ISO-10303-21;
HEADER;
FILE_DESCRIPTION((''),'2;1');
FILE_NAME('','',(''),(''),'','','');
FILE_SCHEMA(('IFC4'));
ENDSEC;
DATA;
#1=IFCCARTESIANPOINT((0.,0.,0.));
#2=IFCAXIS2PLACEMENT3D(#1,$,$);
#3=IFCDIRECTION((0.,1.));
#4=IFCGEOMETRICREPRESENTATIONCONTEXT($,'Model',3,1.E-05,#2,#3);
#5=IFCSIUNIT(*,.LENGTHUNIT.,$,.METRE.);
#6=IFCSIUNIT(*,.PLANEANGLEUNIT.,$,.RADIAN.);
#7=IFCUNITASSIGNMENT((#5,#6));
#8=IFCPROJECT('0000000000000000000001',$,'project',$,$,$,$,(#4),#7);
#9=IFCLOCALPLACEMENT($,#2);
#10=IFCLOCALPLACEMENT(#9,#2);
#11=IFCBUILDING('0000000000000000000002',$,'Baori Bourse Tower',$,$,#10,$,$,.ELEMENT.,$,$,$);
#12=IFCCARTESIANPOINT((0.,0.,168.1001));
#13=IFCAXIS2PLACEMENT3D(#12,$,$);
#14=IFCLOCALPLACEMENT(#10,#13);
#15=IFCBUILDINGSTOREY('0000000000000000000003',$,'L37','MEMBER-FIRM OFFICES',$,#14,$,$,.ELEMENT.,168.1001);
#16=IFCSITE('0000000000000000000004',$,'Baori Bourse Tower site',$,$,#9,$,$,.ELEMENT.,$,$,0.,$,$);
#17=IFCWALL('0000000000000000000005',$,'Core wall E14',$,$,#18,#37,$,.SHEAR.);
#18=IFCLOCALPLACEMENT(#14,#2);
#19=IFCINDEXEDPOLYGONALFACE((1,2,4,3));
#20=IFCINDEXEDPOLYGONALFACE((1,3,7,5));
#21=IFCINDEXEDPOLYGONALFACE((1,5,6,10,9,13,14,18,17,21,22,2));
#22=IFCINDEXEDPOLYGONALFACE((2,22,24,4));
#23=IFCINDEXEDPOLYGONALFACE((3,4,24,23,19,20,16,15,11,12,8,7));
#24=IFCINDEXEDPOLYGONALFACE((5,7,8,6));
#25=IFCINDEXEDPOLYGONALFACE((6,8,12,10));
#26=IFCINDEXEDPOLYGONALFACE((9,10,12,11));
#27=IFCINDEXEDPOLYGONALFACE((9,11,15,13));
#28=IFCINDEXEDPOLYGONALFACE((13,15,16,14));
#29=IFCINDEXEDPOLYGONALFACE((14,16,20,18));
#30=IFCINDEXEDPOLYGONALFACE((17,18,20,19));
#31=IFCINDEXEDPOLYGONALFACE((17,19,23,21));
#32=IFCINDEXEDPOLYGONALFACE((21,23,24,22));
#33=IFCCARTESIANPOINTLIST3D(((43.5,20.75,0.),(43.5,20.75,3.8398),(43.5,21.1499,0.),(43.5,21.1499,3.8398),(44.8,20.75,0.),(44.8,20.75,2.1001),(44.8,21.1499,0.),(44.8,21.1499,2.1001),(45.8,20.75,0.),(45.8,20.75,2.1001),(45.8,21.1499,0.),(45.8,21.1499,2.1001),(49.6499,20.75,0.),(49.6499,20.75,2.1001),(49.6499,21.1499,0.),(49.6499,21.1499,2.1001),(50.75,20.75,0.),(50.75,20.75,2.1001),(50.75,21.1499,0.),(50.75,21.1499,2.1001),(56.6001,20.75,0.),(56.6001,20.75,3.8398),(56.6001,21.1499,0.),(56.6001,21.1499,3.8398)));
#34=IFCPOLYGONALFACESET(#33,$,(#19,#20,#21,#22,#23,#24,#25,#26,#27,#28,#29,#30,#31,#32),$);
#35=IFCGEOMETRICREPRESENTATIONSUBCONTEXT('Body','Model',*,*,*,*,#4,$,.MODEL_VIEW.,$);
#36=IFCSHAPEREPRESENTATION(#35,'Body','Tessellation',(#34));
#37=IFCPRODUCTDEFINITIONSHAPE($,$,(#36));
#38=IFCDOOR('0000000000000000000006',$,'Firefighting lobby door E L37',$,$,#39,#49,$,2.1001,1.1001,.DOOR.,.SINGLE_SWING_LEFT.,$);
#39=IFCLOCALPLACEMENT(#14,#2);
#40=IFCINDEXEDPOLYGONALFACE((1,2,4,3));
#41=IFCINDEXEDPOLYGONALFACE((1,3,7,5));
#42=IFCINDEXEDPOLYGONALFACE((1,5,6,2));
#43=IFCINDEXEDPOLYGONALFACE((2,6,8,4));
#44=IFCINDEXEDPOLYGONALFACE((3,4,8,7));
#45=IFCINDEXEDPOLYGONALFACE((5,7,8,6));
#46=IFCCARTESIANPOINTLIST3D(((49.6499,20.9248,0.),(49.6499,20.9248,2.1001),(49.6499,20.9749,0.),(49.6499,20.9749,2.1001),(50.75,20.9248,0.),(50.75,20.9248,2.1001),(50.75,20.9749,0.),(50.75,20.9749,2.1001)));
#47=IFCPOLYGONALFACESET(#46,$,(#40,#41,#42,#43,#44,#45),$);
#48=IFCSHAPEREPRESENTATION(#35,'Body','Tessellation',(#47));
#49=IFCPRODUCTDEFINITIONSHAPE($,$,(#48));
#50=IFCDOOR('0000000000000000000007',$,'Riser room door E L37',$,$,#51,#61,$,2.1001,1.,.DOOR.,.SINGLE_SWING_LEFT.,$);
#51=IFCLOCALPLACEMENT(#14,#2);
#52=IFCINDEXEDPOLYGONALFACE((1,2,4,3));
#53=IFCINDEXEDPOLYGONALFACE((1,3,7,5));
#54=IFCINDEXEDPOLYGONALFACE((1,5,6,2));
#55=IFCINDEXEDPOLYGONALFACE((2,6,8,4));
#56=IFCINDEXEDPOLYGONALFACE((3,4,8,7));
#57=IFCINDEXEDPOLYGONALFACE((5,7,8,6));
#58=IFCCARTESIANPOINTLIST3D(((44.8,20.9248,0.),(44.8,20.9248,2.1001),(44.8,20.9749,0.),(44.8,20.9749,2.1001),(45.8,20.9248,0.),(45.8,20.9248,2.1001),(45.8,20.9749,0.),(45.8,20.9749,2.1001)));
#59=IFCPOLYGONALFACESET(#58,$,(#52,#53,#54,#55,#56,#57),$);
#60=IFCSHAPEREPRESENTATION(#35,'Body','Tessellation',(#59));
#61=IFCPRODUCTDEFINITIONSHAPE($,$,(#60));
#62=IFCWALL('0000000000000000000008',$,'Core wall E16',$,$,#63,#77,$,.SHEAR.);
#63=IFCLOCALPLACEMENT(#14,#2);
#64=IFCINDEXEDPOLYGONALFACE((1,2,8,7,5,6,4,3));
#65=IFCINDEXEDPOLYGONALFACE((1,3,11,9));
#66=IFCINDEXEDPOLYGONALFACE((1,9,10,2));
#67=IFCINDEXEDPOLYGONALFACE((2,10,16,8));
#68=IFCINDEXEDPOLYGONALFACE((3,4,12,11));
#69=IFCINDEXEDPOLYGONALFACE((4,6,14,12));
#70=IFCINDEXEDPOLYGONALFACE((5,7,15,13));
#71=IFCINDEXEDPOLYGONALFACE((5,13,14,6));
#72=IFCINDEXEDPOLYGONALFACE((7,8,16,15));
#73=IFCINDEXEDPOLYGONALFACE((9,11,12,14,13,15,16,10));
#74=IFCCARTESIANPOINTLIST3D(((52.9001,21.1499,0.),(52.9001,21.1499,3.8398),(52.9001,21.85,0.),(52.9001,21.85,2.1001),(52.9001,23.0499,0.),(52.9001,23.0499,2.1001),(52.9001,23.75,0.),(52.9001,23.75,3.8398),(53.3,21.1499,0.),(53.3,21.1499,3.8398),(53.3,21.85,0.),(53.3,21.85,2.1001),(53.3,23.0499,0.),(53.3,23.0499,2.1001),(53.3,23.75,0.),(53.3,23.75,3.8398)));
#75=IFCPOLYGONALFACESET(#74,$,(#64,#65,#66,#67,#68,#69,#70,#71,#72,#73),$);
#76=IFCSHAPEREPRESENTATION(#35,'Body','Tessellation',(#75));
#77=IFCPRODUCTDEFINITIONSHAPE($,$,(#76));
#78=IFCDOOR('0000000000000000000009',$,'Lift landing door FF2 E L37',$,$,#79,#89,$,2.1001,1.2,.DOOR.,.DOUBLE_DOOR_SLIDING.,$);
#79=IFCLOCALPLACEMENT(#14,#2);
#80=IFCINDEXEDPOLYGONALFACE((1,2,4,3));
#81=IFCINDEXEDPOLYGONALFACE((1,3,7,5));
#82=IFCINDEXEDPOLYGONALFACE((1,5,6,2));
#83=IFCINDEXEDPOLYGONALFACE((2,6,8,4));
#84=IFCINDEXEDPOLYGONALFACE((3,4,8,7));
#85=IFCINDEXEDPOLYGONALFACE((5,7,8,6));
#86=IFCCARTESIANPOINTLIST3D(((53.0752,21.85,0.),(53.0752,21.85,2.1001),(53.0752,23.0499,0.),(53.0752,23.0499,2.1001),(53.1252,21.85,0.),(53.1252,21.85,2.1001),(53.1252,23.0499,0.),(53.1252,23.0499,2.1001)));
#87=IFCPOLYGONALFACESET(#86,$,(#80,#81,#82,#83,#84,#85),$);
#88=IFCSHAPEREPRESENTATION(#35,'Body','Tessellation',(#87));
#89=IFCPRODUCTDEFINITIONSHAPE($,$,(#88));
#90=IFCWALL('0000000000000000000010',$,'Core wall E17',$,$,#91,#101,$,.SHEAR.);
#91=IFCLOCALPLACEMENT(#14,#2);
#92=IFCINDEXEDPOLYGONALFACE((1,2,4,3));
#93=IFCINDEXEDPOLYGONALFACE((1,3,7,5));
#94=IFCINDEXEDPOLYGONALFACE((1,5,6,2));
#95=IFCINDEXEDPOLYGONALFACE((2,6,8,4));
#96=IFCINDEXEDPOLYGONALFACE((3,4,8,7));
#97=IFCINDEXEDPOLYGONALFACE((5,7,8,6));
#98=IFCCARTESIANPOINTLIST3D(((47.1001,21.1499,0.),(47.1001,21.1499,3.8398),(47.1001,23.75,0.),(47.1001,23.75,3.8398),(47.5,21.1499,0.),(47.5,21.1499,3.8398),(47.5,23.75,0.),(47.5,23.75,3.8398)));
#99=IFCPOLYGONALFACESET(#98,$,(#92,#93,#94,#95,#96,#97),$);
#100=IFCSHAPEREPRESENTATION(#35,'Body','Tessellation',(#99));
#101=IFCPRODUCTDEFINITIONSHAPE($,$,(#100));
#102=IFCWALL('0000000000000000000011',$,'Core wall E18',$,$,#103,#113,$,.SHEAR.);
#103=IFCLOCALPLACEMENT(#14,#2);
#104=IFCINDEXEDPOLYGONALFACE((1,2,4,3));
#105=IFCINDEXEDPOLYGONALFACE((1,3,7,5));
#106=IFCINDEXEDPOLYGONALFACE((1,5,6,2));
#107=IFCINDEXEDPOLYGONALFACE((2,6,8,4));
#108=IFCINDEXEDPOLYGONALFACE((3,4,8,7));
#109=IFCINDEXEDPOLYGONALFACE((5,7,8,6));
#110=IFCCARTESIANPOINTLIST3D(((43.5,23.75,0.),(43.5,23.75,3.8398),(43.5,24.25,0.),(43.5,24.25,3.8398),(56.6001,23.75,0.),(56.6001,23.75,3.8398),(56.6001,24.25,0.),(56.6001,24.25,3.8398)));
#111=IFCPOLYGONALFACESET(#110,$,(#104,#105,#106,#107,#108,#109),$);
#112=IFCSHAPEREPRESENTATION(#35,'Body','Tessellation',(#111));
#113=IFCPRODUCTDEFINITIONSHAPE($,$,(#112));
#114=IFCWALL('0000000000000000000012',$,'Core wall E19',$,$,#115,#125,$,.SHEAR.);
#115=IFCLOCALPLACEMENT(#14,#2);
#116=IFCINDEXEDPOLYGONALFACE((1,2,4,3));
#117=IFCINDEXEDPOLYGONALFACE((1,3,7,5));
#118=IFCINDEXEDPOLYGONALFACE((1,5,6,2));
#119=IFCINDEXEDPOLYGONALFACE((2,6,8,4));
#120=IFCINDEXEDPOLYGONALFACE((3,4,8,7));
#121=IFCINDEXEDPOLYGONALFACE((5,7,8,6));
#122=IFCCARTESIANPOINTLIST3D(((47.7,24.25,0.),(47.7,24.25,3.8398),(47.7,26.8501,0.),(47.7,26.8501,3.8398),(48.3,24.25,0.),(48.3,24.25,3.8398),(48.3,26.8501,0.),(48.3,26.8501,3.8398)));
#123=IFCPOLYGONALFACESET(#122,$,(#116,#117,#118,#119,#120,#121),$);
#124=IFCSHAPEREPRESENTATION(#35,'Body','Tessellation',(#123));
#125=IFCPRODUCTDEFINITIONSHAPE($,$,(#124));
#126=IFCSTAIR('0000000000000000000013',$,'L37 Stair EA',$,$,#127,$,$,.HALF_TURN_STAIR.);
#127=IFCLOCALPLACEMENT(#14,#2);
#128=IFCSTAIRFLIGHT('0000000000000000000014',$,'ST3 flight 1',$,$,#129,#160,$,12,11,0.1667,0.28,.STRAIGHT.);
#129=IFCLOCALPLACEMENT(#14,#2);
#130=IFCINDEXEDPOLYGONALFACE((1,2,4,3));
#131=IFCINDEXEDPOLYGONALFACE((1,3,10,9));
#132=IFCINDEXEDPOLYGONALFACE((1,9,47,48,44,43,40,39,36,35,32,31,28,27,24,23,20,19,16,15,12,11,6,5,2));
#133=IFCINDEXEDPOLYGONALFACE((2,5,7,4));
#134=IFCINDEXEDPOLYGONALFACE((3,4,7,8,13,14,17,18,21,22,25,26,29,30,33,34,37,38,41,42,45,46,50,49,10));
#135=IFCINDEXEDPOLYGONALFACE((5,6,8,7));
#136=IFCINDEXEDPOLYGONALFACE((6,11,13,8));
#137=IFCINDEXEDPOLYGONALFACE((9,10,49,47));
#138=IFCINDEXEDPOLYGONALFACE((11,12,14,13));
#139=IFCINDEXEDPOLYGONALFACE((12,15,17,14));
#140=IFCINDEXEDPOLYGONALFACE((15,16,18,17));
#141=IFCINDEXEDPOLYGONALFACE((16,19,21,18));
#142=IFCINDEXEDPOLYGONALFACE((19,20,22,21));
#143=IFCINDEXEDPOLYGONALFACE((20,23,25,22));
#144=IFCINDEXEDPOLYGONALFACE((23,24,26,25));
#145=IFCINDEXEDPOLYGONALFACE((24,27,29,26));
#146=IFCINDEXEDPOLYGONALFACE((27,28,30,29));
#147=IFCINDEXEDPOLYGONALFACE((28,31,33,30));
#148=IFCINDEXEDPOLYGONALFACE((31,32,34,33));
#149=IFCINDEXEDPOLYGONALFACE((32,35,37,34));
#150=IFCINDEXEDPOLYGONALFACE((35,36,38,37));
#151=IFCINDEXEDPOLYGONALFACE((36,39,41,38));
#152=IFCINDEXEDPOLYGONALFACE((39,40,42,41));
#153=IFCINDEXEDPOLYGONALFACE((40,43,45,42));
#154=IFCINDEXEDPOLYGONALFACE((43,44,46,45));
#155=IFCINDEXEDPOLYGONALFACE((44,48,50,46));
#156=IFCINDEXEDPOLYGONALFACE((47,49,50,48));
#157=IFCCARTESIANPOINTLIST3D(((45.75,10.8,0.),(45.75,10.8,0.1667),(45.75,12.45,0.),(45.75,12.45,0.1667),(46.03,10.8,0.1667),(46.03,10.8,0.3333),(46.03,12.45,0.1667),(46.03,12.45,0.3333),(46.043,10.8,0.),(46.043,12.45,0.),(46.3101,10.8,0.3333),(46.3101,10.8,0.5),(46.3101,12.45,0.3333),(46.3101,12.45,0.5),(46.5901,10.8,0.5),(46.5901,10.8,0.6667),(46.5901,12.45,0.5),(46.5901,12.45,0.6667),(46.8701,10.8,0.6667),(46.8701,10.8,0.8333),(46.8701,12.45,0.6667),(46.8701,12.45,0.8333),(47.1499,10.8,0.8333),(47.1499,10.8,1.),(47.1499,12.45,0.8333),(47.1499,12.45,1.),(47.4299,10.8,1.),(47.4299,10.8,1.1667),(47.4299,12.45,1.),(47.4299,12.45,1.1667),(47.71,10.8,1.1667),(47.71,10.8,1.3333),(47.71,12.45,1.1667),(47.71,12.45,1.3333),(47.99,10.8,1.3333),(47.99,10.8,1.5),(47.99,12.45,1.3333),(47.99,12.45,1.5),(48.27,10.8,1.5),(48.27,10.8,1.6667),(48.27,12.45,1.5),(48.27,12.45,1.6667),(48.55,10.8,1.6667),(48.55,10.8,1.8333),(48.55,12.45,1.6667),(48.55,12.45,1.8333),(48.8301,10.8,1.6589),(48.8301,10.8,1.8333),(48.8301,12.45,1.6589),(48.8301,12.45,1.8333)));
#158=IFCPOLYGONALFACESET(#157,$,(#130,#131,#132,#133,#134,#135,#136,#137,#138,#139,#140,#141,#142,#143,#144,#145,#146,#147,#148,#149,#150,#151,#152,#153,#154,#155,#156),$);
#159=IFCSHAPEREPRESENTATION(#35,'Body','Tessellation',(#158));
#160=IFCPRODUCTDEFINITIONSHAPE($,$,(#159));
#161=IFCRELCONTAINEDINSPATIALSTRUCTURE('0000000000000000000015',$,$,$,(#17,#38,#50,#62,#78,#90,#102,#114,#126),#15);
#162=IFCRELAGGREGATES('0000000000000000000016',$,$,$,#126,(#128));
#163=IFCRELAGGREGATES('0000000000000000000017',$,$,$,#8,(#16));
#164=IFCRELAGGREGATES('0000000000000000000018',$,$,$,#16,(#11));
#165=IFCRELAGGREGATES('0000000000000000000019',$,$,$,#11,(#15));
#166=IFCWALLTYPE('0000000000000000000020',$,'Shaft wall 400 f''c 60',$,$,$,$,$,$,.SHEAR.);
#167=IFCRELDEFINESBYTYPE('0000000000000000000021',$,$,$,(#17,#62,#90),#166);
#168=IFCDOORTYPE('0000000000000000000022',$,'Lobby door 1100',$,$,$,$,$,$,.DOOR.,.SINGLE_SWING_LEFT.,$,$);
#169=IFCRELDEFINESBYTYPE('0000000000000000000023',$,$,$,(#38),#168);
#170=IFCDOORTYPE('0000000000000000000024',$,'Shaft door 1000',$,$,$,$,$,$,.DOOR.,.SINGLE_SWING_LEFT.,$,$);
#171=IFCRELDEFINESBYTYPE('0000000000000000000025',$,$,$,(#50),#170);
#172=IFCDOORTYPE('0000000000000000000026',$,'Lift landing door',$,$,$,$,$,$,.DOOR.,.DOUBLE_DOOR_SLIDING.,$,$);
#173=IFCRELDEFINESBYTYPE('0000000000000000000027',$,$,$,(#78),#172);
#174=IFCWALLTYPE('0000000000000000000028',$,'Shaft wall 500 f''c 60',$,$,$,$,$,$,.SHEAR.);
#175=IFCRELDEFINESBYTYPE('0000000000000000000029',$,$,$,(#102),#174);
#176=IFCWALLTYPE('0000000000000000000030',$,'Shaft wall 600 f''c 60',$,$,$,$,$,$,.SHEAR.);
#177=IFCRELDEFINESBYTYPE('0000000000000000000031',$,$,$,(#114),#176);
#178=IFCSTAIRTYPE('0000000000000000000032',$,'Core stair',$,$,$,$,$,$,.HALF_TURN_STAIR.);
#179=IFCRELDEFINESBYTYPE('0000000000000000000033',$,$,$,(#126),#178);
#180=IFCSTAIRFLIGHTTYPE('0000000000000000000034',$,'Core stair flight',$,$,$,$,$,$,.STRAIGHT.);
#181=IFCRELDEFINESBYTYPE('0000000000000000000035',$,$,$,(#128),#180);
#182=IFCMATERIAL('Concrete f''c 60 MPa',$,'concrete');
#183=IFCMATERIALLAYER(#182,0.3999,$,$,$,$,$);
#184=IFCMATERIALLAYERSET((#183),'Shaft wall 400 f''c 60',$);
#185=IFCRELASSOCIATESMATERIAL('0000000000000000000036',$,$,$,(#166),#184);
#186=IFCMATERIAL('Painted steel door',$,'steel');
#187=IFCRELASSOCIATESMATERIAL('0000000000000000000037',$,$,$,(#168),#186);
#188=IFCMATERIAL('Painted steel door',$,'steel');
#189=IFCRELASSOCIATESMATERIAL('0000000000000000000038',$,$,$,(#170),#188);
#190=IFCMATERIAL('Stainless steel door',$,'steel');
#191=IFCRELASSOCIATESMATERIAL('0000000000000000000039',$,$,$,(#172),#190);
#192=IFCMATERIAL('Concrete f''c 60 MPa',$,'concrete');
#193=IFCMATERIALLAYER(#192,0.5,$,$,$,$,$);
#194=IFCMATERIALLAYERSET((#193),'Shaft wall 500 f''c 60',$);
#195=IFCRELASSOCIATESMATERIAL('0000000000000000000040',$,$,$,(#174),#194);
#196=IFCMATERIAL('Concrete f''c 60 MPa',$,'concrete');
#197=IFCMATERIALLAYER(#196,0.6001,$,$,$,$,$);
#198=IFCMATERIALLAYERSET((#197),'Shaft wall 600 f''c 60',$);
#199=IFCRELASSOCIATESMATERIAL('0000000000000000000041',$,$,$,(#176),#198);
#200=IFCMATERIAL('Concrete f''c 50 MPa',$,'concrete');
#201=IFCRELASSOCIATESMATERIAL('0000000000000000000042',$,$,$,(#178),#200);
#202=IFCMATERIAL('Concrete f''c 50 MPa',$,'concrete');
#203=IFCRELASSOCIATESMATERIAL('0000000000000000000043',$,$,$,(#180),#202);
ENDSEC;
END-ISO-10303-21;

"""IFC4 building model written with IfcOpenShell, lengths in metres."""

from ifc_helpers import new_model, si_unit, direction, frame, frame_2d, origin, place, context, subcontext, project, spatial, polyline, rectangle, outline, extrude, material, layer, layer_set, type_object, element, fill, aggregate, save


model = new_model("IFC4")

# Units and contexts
model_context = context("Model", 3, precision=1e-05, world=origin(), true_north=direction((0.0, 1.0)))
body_context = subcontext(model_context, "Body", "Model", "MODEL_VIEW")
ifc_project = project(units=[si_unit("LENGTHUNIT", "METRE"), si_unit("PLANEANGLEUNIT", "RADIAN")], contexts=[model_context])

# Site, building, storey
site_placement = place(None, origin())
site = spatial("IfcSite", under=ifc_project, at=site_placement, Name="Baori Bourse Tower site", CompositionType="ELEMENT", RefElevation=0.0)
building_placement = place(site_placement, origin())
building = spatial("IfcBuilding", under=site, at=building_placement, Name="Baori Bourse Tower", CompositionType="ELEMENT")
storey_placement = place(building_placement, frame((0.0, 0.0, 168.1001)))
storey = spatial("IfcBuildingStorey", under=building, at=storey_placement, Name="L37", Description="MEMBER-FIRM OFFICES", CompositionType="ELEMENT", Elevation=168.1001)

# Wall, openings, doors
ifc_material_1 = material(Name="Concrete f'c 60 MPa", Category="concrete")
ifc_layer_1 = layer(ifc_material_1, 0.3999)
ifc_layer_set_1 = layer_set([ifc_layer_1], Name="Shaft wall 400 f'c 60")
wall_type_1 = type_object("IfcWallType", Name="Shaft wall 400 f'c 60", PredefinedType="SHEAR", material=ifc_layer_set_1)
wall_1_placement = place(storey_placement, frame((43.5, 20.95, 0.0), z_axis=(0.0, 0.0, 1.0), x_axis=(1.0, 0.0, 0.0)))
wall_1 = element("IfcWall", 1, at=wall_1_placement, inside=storey, type_object=wall_type_1, Name="Core wall E14", PredefinedType="SHEAR", context=body_context, shape_type="SweptSolid", body=[
    extrude(rectangle(XDim=13.1001, YDim=0.3999, at=frame_2d((6.55, 0.0))), origin(), (0.0, 0.0, 1.0), 3.8398),
])
opening_1_placement = place(wall_1_placement, frame((6.1499, 0.0, 0.0)))
opening_1 = element("IfcOpeningElement", 2, at=opening_1_placement, cuts=wall_1, PredefinedType="OPENING", context=body_context, shape_type="SweptSolid", body=[
    extrude(rectangle(XDim=1.1001, YDim=2.1001, at=frame_2d((0.55, 1.05))), frame((0.0, 0.21, 0.0), z_axis=(0.0, -1.0, 0.0), x_axis=(1.0, 0.0, 0.0)), (0.0, 0.0, 1.0), 0.4199),
])
opening_2_placement = place(wall_1_placement, frame((1.3, 0.0, 0.0)))
opening_2 = element("IfcOpeningElement", 3, at=opening_2_placement, cuts=wall_1, PredefinedType="OPENING", context=body_context, shape_type="SweptSolid", body=[
    extrude(rectangle(XDim=1.0, YDim=2.1001, at=frame_2d((0.5, 1.05))), frame((0.0, 0.21, 0.0), z_axis=(0.0, -1.0, 0.0), x_axis=(1.0, 0.0, 0.0)), (0.0, 0.0, 1.0), 0.4199),
])
ifc_material_2 = material(Name="Painted steel door", Category="steel")
door_type_1 = type_object("IfcDoorType", Name="Lobby door 1100", OperationType="SINGLE_SWING_LEFT", PredefinedType="DOOR", material=ifc_material_2)
door_1_placement = place(opening_1_placement, origin())
door_1 = element("IfcDoor", 4, at=door_1_placement, inside=storey, type_object=door_type_1, Name="Firefighting lobby door E L37", OperationType="SINGLE_SWING_LEFT", OverallHeight=2.1001, OverallWidth=1.1001, PredefinedType="DOOR", context=body_context, shape_type="SweptSolid", body=[
    extrude(rectangle(XDim=1.1001, YDim=2.1001, at=frame_2d((0.55, 1.05))), frame((0.0, 0.0249, 0.0), z_axis=(0.0, -1.0, 0.0), x_axis=(1.0, 0.0, 0.0)), (0.0, 0.0, 1.0), 0.05),
])
fill(opening_1, door_1)
ifc_material_3 = material(Name="Painted steel door", Category="steel")
door_type_2 = type_object("IfcDoorType", Name="Shaft door 1000", OperationType="SINGLE_SWING_LEFT", PredefinedType="DOOR", material=ifc_material_3)
door_2_placement = place(opening_2_placement, origin())
door_2 = element("IfcDoor", 5, at=door_2_placement, inside=storey, type_object=door_type_2, Name="Riser room door E L37", OperationType="SINGLE_SWING_LEFT", OverallHeight=2.1001, OverallWidth=1.0, PredefinedType="DOOR", context=body_context, shape_type="SweptSolid", body=[
    extrude(rectangle(XDim=1.0, YDim=2.1001, at=frame_2d((0.5, 1.05))), frame((0.0, 0.0249, 0.0), z_axis=(0.0, -1.0, 0.0), x_axis=(1.0, 0.0, 0.0)), (0.0, 0.0, 1.0), 0.05),
])
fill(opening_2, door_2)

# Wall, opening, door
wall_2_placement = place(storey_placement, frame((53.1001, 21.1499, 0.0), z_axis=(0.0, 0.0, 1.0), x_axis=(0.0, 1.0, 0.0)))
wall_2 = element("IfcWall", 6, at=wall_2_placement, inside=storey, type_object=wall_type_1, Name="Core wall E16", PredefinedType="SHEAR", context=body_context, shape_type="SweptSolid", body=[
    extrude(rectangle(XDim=2.6001, YDim=0.3999, at=frame_2d((1.3, 0.0))), origin(), (0.0, 0.0, 1.0), 3.8398),
])
opening_3_placement = place(wall_2_placement, frame((0.7, 0.0, 0.0)))
opening_3 = element("IfcOpeningElement", 7, at=opening_3_placement, cuts=wall_2, PredefinedType="OPENING", context=body_context, shape_type="SweptSolid", body=[
    extrude(rectangle(XDim=1.2, YDim=2.1001, at=frame_2d((0.6001, 1.05))), frame((0.0, 0.21, 0.0), z_axis=(0.0, -1.0, 0.0), x_axis=(1.0, 0.0, 0.0)), (0.0, 0.0, 1.0), 0.4199),
])
ifc_material_4 = material(Name="Stainless steel door", Category="steel")
door_type_3 = type_object("IfcDoorType", Name="Lift landing door", OperationType="DOUBLE_DOOR_SLIDING", PredefinedType="DOOR", material=ifc_material_4)
door_3_placement = place(opening_3_placement, origin())
door_3 = element("IfcDoor", 8, at=door_3_placement, inside=storey, type_object=door_type_3, Name="Lift landing door FF2 E L37", OperationType="DOUBLE_DOOR_SLIDING", OverallHeight=2.1001, OverallWidth=1.2, PredefinedType="DOOR", context=body_context, shape_type="SweptSolid", body=[
    extrude(rectangle(XDim=1.2, YDim=2.1001, at=frame_2d((0.6001, 1.05))), frame((0.0, 0.0249, 0.0), z_axis=(0.0, -1.0, 0.0), x_axis=(1.0, 0.0, 0.0)), (0.0, 0.0, 1.0), 0.05),
])
fill(opening_3, door_3)

# Walls
wall_3_placement = place(storey_placement, frame((47.3, 21.1499, 0.0), z_axis=(0.0, 0.0, 1.0), x_axis=(0.0, 1.0, 0.0)))
element("IfcWall", 9, at=wall_3_placement, inside=storey, type_object=wall_type_1, Name="Core wall E17", PredefinedType="SHEAR", context=body_context, shape_type="SweptSolid", body=[
    extrude(rectangle(XDim=2.6001, YDim=0.3999, at=frame_2d((1.3, 0.0))), origin(), (0.0, 0.0, 1.0), 3.8398),
])
ifc_material_5 = material(Name="Concrete f'c 60 MPa", Category="concrete")
ifc_layer_2 = layer(ifc_material_5, 0.5)
ifc_layer_set_2 = layer_set([ifc_layer_2], Name="Shaft wall 500 f'c 60")
wall_type_2 = type_object("IfcWallType", Name="Shaft wall 500 f'c 60", PredefinedType="SHEAR", material=ifc_layer_set_2)
wall_4_placement = place(storey_placement, frame((43.5, 24.0, 0.0), z_axis=(0.0, 0.0, 1.0), x_axis=(1.0, 0.0, 0.0)))
element("IfcWall", 10, at=wall_4_placement, inside=storey, type_object=wall_type_2, Name="Core wall E18", PredefinedType="SHEAR", context=body_context, shape_type="SweptSolid", body=[
    extrude(rectangle(XDim=13.1001, YDim=0.5, at=frame_2d((6.55, 0.0))), origin(), (0.0, 0.0, 1.0), 3.8398),
])
ifc_material_6 = material(Name="Concrete f'c 60 MPa", Category="concrete")
ifc_layer_3 = layer(ifc_material_6, 0.6001)
ifc_layer_set_3 = layer_set([ifc_layer_3], Name="Shaft wall 600 f'c 60")
wall_type_3 = type_object("IfcWallType", Name="Shaft wall 600 f'c 60", PredefinedType="SHEAR", material=ifc_layer_set_3)
wall_5_placement = place(storey_placement, frame((48.0, 24.25, 0.0), z_axis=(0.0, 0.0, 1.0), x_axis=(0.0, 1.0, 0.0)))
element("IfcWall", 11, at=wall_5_placement, inside=storey, type_object=wall_type_3, Name="Core wall E19", PredefinedType="SHEAR", context=body_context, shape_type="SweptSolid", body=[
    extrude(rectangle(XDim=2.6001, YDim=0.6001, at=frame_2d((1.3, 0.0))), origin(), (0.0, 0.0, 1.0), 3.8398),
])

# Stair, stair flight
ifc_material_7 = material(Name="Concrete f'c 50 MPa", Category="concrete")
stair_type = type_object("IfcStairType", Name="Core stair", PredefinedType="HALF_TURN_STAIR", material=ifc_material_7)
stair_placement = place(storey_placement, origin())
stair = element("IfcStair", 12, at=stair_placement, inside=storey, type_object=stair_type, Name="L37 Stair EA", PredefinedType="HALF_TURN_STAIR")
ifc_material_8 = material(Name="Concrete f'c 50 MPa", Category="concrete")
stair_flight_type = type_object("IfcStairFlightType", Name="Core stair flight", PredefinedType="STRAIGHT", material=ifc_material_8)
stair_flight_1_placement = place(storey_placement, frame((45.75, 11.625, 0.0), z_axis=(0.0, 0.0, 1.0), x_axis=(1.0, 0.0, 0.0)))
stair_flight_1 = element("IfcStairFlight", 13, at=stair_flight_1_placement, type_object=stair_flight_type, Name="ST3 flight 1", NumberOfRisers=12, NumberOfTreads=11, PredefinedType="STRAIGHT", RiserHeight=0.1667, TreadLength=0.28, context=body_context, shape_type="SweptSolid", body=[
    extrude(outline(polyline([(0.0, 0.0), (0.0, 0.1667), (0.28, 0.1667), (0.28, 0.3333), (0.5601, 0.3333), (0.5601, 0.5), (0.8401, 0.5), (0.8401, 0.6667), (1.1201, 0.6667), (1.1201, 0.8333), (1.3999, 0.8333), (1.3999, 1.0), (1.6799, 1.0), (1.6799, 1.1667), (1.96, 1.1667), (1.96, 1.3333), (2.24, 1.3333), (2.24, 1.5), (2.52, 1.5), (2.52, 1.6667), (2.8, 1.6667), (2.8, 1.8333), (3.0801, 1.8333), (3.0801, 2.0), (3.0801, 1.6589), (0.293, 0.0), (0.0, 0.0)])), frame((0.0, 0.825, 0.0), z_axis=(0.0, -1.0, 0.0), x_axis=(1.0, 0.0, 0.0)), (0.0, 0.0, 1.0), 1.6499),
])
aggregate(stair, [stair_flight_1])

save(model, "model.ifc")
